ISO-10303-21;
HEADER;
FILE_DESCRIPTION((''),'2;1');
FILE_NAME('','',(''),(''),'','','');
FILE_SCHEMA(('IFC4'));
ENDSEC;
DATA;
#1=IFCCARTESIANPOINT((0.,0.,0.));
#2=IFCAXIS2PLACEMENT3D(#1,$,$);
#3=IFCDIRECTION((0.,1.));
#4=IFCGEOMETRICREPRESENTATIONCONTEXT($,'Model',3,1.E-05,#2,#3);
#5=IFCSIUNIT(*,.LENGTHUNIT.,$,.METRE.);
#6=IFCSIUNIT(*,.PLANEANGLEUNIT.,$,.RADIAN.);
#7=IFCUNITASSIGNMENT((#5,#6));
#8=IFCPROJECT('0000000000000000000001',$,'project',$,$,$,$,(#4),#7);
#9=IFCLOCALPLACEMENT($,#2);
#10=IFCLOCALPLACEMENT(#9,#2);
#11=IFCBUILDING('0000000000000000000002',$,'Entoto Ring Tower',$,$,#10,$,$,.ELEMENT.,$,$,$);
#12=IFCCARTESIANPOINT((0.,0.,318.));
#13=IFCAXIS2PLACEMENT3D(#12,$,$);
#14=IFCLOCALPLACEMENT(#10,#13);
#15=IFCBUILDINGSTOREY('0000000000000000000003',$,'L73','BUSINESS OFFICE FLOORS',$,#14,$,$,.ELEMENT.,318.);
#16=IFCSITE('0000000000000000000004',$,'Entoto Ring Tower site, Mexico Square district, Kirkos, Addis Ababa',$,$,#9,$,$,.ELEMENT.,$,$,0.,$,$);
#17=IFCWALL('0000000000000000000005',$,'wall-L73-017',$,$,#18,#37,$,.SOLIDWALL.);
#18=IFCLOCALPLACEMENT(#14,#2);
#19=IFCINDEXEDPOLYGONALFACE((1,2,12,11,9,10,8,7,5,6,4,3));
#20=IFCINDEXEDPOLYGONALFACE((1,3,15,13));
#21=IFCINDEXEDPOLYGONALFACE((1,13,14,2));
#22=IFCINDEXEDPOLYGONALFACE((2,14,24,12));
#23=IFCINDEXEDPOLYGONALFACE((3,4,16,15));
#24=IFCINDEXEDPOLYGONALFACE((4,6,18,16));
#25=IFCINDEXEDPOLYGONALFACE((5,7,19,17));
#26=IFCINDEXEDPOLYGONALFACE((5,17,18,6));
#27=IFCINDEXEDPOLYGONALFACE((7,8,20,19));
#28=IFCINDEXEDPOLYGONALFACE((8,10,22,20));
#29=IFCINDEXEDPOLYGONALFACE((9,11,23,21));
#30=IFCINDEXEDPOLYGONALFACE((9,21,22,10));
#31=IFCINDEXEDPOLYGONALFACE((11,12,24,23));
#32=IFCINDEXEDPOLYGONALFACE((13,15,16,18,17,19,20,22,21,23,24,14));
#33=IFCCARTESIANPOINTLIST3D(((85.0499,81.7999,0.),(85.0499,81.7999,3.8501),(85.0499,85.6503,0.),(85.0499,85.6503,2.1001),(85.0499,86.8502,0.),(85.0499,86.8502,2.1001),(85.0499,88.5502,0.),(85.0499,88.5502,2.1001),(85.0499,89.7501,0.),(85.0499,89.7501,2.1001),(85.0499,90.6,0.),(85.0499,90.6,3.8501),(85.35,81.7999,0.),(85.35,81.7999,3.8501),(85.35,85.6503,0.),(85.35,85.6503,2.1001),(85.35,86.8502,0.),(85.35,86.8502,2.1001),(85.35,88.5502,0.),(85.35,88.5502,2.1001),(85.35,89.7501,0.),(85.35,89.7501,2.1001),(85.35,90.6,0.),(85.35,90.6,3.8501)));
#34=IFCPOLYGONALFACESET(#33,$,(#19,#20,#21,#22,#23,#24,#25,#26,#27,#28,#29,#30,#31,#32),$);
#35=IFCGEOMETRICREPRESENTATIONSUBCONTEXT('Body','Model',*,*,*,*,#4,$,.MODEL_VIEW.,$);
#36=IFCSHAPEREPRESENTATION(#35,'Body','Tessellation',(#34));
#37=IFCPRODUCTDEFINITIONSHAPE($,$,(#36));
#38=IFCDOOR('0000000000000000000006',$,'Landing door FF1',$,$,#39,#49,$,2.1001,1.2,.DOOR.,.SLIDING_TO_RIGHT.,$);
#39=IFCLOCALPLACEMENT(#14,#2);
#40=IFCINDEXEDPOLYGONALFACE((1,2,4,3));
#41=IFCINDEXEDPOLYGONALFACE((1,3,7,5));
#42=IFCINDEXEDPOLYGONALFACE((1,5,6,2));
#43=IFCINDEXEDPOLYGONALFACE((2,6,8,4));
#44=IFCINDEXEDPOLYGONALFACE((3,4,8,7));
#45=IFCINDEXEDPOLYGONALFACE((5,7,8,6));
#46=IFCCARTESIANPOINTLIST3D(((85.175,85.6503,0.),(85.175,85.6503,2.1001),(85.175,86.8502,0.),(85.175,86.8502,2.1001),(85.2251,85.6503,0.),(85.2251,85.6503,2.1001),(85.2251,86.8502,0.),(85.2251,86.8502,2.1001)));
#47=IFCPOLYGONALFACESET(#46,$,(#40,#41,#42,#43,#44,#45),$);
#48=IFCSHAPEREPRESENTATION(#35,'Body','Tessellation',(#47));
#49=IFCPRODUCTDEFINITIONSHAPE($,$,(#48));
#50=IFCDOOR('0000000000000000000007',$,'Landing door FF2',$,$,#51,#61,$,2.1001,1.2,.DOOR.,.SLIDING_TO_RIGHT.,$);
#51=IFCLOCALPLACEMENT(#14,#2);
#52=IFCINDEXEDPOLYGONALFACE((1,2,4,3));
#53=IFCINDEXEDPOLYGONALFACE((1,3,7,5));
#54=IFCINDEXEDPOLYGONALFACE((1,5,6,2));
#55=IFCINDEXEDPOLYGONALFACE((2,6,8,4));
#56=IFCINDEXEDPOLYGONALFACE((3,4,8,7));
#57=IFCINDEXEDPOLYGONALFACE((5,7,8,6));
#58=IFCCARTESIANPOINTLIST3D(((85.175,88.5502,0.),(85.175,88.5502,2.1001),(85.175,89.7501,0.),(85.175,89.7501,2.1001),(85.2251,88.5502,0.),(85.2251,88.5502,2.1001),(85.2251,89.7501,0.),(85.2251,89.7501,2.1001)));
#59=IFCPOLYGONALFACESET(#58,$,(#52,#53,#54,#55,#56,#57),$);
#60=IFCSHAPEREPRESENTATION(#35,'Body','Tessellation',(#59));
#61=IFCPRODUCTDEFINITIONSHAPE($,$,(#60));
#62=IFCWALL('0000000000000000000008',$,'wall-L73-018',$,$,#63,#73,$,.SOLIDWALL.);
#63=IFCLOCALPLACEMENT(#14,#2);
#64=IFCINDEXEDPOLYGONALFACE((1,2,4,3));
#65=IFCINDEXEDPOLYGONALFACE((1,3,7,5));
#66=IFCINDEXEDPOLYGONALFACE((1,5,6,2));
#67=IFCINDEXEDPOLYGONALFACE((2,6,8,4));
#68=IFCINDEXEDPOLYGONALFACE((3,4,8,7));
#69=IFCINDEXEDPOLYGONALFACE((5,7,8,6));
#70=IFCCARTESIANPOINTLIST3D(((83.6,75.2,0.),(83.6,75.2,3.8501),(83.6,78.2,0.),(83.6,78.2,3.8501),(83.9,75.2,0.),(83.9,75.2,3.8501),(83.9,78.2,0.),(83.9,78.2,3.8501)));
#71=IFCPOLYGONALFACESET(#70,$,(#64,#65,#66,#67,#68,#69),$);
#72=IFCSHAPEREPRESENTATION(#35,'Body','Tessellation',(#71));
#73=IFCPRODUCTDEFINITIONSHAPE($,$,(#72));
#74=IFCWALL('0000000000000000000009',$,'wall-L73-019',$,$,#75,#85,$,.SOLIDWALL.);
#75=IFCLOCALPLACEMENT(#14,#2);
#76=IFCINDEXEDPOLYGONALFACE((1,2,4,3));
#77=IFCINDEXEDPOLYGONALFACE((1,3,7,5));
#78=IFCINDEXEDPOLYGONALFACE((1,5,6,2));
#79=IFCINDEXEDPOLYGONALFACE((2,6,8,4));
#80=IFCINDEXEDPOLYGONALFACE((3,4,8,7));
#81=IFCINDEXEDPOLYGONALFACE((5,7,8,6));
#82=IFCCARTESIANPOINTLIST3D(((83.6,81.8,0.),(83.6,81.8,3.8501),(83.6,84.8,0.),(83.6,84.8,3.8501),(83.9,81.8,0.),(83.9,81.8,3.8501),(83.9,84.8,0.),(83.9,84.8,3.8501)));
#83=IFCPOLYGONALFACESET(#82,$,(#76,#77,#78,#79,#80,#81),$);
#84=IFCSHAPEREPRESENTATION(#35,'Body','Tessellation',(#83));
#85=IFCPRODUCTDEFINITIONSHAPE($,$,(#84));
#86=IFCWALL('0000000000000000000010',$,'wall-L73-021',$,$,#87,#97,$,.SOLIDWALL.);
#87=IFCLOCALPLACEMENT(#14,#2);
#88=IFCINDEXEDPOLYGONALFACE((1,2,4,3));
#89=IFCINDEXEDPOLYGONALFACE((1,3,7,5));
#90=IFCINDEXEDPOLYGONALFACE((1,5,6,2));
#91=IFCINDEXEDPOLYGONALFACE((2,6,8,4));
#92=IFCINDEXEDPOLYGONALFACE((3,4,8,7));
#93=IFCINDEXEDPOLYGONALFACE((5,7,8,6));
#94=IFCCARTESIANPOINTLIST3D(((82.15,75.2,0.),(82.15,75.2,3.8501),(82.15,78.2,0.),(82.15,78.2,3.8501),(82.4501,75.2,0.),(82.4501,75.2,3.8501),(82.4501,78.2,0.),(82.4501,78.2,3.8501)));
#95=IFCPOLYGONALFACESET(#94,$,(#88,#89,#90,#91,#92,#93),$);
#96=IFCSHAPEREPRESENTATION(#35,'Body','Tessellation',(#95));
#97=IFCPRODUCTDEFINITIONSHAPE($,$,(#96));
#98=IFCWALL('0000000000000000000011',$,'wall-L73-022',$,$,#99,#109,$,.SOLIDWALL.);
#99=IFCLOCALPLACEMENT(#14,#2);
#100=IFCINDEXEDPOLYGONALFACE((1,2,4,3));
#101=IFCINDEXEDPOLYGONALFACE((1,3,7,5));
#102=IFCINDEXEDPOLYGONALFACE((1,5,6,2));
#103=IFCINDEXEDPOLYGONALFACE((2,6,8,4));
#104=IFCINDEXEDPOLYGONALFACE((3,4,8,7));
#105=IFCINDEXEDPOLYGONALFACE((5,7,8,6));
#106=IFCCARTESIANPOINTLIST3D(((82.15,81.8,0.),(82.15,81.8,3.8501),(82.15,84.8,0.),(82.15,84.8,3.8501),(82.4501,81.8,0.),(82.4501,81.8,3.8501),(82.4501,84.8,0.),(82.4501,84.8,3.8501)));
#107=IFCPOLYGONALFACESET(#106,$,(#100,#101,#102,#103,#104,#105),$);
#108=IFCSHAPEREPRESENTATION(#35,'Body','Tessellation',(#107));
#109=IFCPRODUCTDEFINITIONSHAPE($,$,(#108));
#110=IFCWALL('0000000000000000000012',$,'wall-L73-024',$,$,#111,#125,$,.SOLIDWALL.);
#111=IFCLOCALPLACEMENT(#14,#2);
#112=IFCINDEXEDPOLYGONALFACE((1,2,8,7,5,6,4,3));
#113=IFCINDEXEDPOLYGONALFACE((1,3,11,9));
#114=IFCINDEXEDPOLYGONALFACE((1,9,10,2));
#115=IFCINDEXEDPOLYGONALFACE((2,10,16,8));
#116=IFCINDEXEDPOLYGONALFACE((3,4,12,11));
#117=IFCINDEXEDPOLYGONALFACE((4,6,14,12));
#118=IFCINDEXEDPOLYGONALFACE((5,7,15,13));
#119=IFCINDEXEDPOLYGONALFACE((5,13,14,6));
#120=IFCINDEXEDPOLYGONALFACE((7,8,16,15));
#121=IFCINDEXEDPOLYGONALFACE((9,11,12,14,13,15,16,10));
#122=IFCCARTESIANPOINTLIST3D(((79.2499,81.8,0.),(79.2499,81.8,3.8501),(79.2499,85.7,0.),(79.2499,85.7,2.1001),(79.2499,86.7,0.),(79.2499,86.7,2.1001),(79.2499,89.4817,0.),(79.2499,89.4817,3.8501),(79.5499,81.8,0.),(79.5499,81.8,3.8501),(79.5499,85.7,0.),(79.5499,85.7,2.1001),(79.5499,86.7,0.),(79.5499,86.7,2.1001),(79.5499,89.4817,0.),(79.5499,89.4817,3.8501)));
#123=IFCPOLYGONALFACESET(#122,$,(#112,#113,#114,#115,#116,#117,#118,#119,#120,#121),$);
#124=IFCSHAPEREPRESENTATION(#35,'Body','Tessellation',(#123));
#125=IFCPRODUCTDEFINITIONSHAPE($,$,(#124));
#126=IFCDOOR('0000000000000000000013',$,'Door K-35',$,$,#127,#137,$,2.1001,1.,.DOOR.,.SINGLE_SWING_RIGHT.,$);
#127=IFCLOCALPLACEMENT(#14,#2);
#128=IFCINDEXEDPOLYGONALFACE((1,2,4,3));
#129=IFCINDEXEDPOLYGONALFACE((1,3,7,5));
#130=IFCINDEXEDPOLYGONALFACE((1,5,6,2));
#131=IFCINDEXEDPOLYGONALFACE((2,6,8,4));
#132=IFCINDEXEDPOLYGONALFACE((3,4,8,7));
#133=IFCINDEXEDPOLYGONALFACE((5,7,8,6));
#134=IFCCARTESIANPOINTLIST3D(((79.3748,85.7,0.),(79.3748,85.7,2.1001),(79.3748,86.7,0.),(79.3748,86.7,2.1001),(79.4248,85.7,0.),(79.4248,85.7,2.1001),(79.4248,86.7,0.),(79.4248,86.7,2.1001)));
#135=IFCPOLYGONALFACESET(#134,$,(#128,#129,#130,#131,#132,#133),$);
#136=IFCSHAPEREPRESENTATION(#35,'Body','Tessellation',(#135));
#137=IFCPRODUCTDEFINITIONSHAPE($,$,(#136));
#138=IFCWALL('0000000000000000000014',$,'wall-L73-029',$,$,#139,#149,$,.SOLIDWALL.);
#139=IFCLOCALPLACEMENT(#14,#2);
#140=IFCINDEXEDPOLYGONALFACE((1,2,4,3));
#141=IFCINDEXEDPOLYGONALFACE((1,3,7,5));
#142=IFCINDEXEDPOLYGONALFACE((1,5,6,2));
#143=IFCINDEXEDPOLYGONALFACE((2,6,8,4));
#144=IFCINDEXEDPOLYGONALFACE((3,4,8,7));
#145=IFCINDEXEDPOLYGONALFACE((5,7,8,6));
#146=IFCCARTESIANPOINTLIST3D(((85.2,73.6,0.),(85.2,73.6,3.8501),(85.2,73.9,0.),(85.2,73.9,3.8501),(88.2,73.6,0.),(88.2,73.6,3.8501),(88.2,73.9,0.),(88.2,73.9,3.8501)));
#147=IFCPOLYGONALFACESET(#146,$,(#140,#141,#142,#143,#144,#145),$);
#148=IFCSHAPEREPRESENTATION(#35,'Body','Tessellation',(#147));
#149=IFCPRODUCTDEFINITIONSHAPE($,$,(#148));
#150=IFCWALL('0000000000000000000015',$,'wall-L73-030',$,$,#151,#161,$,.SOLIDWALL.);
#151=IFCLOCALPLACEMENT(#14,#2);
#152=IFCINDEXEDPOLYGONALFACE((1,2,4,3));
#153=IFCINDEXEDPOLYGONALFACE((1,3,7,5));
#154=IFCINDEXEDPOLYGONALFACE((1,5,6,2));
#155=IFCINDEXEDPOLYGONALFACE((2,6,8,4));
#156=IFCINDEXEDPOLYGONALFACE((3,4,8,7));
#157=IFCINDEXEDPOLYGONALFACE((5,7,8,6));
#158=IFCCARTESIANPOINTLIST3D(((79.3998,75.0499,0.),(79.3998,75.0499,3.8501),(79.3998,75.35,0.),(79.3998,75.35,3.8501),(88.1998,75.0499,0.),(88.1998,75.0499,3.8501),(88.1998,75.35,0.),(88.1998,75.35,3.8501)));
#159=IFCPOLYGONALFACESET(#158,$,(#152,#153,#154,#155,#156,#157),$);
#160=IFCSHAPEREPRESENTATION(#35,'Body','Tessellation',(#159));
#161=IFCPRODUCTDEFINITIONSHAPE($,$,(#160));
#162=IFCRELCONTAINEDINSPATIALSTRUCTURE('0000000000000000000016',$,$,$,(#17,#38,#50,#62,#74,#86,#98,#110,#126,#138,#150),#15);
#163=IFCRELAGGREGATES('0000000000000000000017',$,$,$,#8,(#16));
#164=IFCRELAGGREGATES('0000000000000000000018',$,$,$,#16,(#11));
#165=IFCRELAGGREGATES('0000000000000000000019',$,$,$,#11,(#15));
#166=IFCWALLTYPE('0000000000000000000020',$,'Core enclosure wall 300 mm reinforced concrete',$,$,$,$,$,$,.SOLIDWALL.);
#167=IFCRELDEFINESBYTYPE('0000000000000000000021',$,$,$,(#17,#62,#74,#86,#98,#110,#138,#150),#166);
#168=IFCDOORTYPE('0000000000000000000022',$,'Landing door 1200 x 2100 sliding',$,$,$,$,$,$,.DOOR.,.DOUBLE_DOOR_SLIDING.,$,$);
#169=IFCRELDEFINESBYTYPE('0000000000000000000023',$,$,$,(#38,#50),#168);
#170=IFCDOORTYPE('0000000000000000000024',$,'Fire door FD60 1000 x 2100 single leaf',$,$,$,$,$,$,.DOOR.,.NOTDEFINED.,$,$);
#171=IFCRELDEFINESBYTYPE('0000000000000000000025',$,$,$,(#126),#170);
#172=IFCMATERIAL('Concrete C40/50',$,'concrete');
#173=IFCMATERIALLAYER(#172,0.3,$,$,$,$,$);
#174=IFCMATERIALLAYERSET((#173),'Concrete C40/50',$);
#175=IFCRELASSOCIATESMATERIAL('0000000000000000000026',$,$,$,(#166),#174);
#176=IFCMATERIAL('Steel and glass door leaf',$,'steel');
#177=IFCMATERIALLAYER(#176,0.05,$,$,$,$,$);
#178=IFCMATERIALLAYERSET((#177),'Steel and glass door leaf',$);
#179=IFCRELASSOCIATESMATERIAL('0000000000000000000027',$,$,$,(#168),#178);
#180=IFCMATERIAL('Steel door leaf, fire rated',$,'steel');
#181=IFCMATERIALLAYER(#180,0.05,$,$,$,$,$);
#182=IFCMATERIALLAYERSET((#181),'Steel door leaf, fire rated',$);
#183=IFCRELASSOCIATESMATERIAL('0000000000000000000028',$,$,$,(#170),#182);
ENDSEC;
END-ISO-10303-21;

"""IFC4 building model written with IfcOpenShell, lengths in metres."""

from ifc_helpers import new_model, si_unit, direction, frame, frame_2d, origin, place, context, subcontext, project, spatial, rectangle, extrude, material, layer, layer_set, type_object, element, fill, save


model = new_model("IFC4")

# Units and contexts
model_context = context("Model", 3, precision=1e-05, world=origin(), true_north=direction((0.0, 1.0)))
body_context = subcontext(model_context, "Body", "Model", "MODEL_VIEW")
ifc_project = project(units=[si_unit("LENGTHUNIT", "METRE"), si_unit("PLANEANGLEUNIT", "RADIAN")], contexts=[model_context])

# Site, building, storey
site_placement = place(None, origin())
site = spatial("IfcSite", under=ifc_project, at=site_placement, Name="Entoto Ring Tower site, Mexico Square district, Kirkos, Addis Ababa", CompositionType="ELEMENT", RefElevation=0.0)
building_placement = place(site_placement, origin())
building = spatial("IfcBuilding", under=site, at=building_placement, Name="Entoto Ring Tower", CompositionType="ELEMENT")
storey_placement = place(building_placement, frame((0.0, 0.0, 318.0)))
storey = spatial("IfcBuildingStorey", under=building, at=storey_placement, Name="L73", Description="BUSINESS OFFICE FLOORS", CompositionType="ELEMENT", Elevation=318.0)

# Wall, openings, doors
ifc_material_1 = material(Name="Concrete C40/50", Category="concrete")
ifc_layer_1 = layer(ifc_material_1, 0.3)
ifc_layer_set_1 = layer_set([ifc_layer_1], Name="Concrete C40/50")
wall_type = type_object("IfcWallType", Name="Core enclosure wall 300 mm reinforced concrete", PredefinedType="SOLIDWALL", material=ifc_layer_set_1)
wall_1_placement = place(storey_placement, frame((85.2, 81.8, 0.0), z_axis=(0.0, 0.0, 1.0), x_axis=(0.0, 1.0, 0.0)))
wall_1 = element("IfcWall", 1, at=wall_1_placement, inside=storey, type_object=wall_type, Name="wall-L73-017", PredefinedType="SOLIDWALL", context=body_context, shape_type="SweptSolid", body=[
    extrude(rectangle(XDim=8.8, YDim=0.3, at=frame_2d((4.3999, 0.0))), origin(), (0.0, 0.0, 1.0), 3.8501),
])
opening_1_placement = place(wall_1_placement, frame((3.8501, 0.0, 0.0)))
opening_1 = element("IfcOpeningElement", 2, at=opening_1_placement, cuts=wall_1, PredefinedType="OPENING", context=body_context, shape_type="SweptSolid", body=[
    extrude(rectangle(XDim=1.2, YDim=2.1001, at=frame_2d((0.6001, 1.05))), frame((0.0, 0.1602, 0.0), z_axis=(0.0, -1.0, 0.0), x_axis=(1.0, 0.0, 0.0)), (0.0, 0.0, 1.0), 0.3201),
])
opening_2_placement = place(wall_1_placement, frame((6.75, 0.0, 0.0)))
opening_2 = element("IfcOpeningElement", 3, at=opening_2_placement, cuts=wall_1, PredefinedType="OPENING", context=body_context, shape_type="SweptSolid", body=[
    extrude(rectangle(XDim=1.2, YDim=2.1001, at=frame_2d((0.6001, 1.05))), frame((0.0, 0.1602, 0.0), z_axis=(0.0, -1.0, 0.0), x_axis=(1.0, 0.0, 0.0)), (0.0, 0.0, 1.0), 0.3201),
])
ifc_material_2 = material(Name="Steel and glass door leaf", Category="steel")
ifc_layer_2 = layer(ifc_material_2, 0.05)
ifc_layer_set_2 = layer_set([ifc_layer_2], Name="Steel and glass door leaf")
door_type_1 = type_object("IfcDoorType", Name="Landing door 1200 x 2100 sliding", OperationType="DOUBLE_DOOR_SLIDING", PredefinedType="DOOR", material=ifc_layer_set_2)
door_1_placement = place(opening_1_placement, origin())
door_1 = element("IfcDoor", 4, at=door_1_placement, inside=storey, type_object=door_type_1, Name="Landing door FF1", OperationType="SLIDING_TO_RIGHT", OverallHeight=2.1001, OverallWidth=1.2, PredefinedType="DOOR", context=body_context, shape_type="SweptSolid", body=[
    extrude(rectangle(XDim=1.2, YDim=2.1001, at=frame_2d((0.6001, 1.05))), frame((0.0, 0.0249, 0.0), z_axis=(0.0, -1.0, 0.0), x_axis=(1.0, 0.0, 0.0)), (0.0, 0.0, 1.0), 0.05),
])
fill(opening_1, door_1)
door_2_placement = place(opening_2_placement, origin())
door_2 = element("IfcDoor", 5, at=door_2_placement, inside=storey, type_object=door_type_1, Name="Landing door FF2", OperationType="SLIDING_TO_RIGHT", OverallHeight=2.1001, OverallWidth=1.2, PredefinedType="DOOR", context=body_context, shape_type="SweptSolid", body=[
    extrude(rectangle(XDim=1.2, YDim=2.1001, at=frame_2d((0.6001, 1.05))), frame((0.0, 0.0249, 0.0), z_axis=(0.0, -1.0, 0.0), x_axis=(1.0, 0.0, 0.0)), (0.0, 0.0, 1.0), 0.05),
])
fill(opening_2, door_2)

# Walls
for number, where, z_axis, x_axis, name in (
    (6, (83.75, 75.2, 0.0), (0.0, 0.0, 1.0), (0.0, 1.0, 0.0), "wall-L73-018"),
    (7, (83.75, 81.8, 0.0), (0.0, 0.0, 1.0), (0.0, 1.0, 0.0), "wall-L73-019"),
    (8, (82.3, 75.2, 0.0), (0.0, 0.0, 1.0), (0.0, 1.0, 0.0), "wall-L73-021"),
    (9, (82.3, 81.8, 0.0), (0.0, 0.0, 1.0), (0.0, 1.0, 0.0), "wall-L73-022"),
):
    element("IfcWall", number, at=place(storey_placement, frame(where, z_axis=z_axis, x_axis=x_axis)), inside=storey, type_object=wall_type, Name=name, PredefinedType="SOLIDWALL", context=body_context, shape_type="SweptSolid", body=[
        extrude(rectangle(XDim=3.0, YDim=0.3, at=frame_2d((1.5, 0.0))), origin(), (0.0, 0.0, 1.0), 3.8501),
    ])

# Wall, opening, door
wall_2_placement = place(storey_placement, frame((79.3999, 81.8, 0.0), z_axis=(0.0, 0.0, 1.0), x_axis=(0.0, 1.0, 0.0)))
wall_2 = element("IfcWall", 10, at=wall_2_placement, inside=storey, type_object=wall_type, Name="wall-L73-024", PredefinedType="SOLIDWALL", context=body_context, shape_type="SweptSolid", body=[
    extrude(rectangle(XDim=7.6816, YDim=0.3, at=frame_2d((3.8408, 0.0))), origin(), (0.0, 0.0, 1.0), 3.8501),
])
opening_3_placement = place(wall_2_placement, frame((3.8999, 0.0, 0.0)))
opening_3 = element("IfcOpeningElement", 11, at=opening_3_placement, cuts=wall_2, PredefinedType="OPENING", context=body_context, shape_type="SweptSolid", body=[
    extrude(rectangle(XDim=1.0, YDim=2.1001, at=frame_2d((0.5, 1.05))), frame((0.0, 0.1602, 0.0), z_axis=(0.0, -1.0, 0.0), x_axis=(1.0, 0.0, 0.0)), (0.0, 0.0, 1.0), 0.3201),
])
ifc_material_3 = material(Name="Steel door leaf, fire rated", Category="steel")
ifc_layer_3 = layer(ifc_material_3, 0.05)
ifc_layer_set_3 = layer_set([ifc_layer_3], Name="Steel door leaf, fire rated")
door_type_2 = type_object("IfcDoorType", Name="Fire door FD60 1000 x 2100 single leaf", OperationType="NOTDEFINED", PredefinedType="DOOR", material=ifc_layer_set_3)
door_3_placement = place(opening_3_placement, frame((1.0, 0.0, 0.0), z_axis=(0.0, 0.0, 1.0), x_axis=(-1.0, 0.0, 0.0)))
door_3 = element("IfcDoor", 12, at=door_3_placement, inside=storey, type_object=door_type_2, Name="Door K-35", OperationType="SINGLE_SWING_RIGHT", OverallHeight=2.1001, OverallWidth=1.0, PredefinedType="DOOR", context=body_context, shape_type="SweptSolid", body=[
    extrude(rectangle(XDim=1.0, YDim=2.1001, at=frame_2d((0.5, 1.05))), frame((0.0, 0.0249, 0.0), z_axis=(0.0, -1.0, 0.0), x_axis=(1.0, 0.0, 0.0)), (0.0, 0.0, 1.0), 0.05),
])
fill(opening_3, door_3)

# Walls
wall_3_placement = place(storey_placement, frame((85.2, 73.75, 0.0), z_axis=(0.0, 0.0, 1.0), x_axis=(1.0, 0.0, 0.0)))
element("IfcWall", 13, at=wall_3_placement, inside=storey, type_object=wall_type, Name="wall-L73-029", PredefinedType="SOLIDWALL", context=body_context, shape_type="SweptSolid", body=[
    extrude(rectangle(XDim=3.0, YDim=0.3, at=frame_2d((1.5, 0.0))), origin(), (0.0, 0.0, 1.0), 3.8501),
])
wall_4_placement = place(storey_placement, frame((79.3999, 75.2, 0.0), z_axis=(0.0, 0.0, 1.0), x_axis=(1.0, 0.0, 0.0)))
element("IfcWall", 14, at=wall_4_placement, inside=storey, type_object=wall_type, Name="wall-L73-030", PredefinedType="SOLIDWALL", context=body_context, shape_type="SweptSolid", body=[
    extrude(rectangle(XDim=8.8, YDim=0.3, at=frame_2d((4.3999, 0.0))), origin(), (0.0, 0.0, 1.0), 3.8501),
])

save(model, "model.ifc")
